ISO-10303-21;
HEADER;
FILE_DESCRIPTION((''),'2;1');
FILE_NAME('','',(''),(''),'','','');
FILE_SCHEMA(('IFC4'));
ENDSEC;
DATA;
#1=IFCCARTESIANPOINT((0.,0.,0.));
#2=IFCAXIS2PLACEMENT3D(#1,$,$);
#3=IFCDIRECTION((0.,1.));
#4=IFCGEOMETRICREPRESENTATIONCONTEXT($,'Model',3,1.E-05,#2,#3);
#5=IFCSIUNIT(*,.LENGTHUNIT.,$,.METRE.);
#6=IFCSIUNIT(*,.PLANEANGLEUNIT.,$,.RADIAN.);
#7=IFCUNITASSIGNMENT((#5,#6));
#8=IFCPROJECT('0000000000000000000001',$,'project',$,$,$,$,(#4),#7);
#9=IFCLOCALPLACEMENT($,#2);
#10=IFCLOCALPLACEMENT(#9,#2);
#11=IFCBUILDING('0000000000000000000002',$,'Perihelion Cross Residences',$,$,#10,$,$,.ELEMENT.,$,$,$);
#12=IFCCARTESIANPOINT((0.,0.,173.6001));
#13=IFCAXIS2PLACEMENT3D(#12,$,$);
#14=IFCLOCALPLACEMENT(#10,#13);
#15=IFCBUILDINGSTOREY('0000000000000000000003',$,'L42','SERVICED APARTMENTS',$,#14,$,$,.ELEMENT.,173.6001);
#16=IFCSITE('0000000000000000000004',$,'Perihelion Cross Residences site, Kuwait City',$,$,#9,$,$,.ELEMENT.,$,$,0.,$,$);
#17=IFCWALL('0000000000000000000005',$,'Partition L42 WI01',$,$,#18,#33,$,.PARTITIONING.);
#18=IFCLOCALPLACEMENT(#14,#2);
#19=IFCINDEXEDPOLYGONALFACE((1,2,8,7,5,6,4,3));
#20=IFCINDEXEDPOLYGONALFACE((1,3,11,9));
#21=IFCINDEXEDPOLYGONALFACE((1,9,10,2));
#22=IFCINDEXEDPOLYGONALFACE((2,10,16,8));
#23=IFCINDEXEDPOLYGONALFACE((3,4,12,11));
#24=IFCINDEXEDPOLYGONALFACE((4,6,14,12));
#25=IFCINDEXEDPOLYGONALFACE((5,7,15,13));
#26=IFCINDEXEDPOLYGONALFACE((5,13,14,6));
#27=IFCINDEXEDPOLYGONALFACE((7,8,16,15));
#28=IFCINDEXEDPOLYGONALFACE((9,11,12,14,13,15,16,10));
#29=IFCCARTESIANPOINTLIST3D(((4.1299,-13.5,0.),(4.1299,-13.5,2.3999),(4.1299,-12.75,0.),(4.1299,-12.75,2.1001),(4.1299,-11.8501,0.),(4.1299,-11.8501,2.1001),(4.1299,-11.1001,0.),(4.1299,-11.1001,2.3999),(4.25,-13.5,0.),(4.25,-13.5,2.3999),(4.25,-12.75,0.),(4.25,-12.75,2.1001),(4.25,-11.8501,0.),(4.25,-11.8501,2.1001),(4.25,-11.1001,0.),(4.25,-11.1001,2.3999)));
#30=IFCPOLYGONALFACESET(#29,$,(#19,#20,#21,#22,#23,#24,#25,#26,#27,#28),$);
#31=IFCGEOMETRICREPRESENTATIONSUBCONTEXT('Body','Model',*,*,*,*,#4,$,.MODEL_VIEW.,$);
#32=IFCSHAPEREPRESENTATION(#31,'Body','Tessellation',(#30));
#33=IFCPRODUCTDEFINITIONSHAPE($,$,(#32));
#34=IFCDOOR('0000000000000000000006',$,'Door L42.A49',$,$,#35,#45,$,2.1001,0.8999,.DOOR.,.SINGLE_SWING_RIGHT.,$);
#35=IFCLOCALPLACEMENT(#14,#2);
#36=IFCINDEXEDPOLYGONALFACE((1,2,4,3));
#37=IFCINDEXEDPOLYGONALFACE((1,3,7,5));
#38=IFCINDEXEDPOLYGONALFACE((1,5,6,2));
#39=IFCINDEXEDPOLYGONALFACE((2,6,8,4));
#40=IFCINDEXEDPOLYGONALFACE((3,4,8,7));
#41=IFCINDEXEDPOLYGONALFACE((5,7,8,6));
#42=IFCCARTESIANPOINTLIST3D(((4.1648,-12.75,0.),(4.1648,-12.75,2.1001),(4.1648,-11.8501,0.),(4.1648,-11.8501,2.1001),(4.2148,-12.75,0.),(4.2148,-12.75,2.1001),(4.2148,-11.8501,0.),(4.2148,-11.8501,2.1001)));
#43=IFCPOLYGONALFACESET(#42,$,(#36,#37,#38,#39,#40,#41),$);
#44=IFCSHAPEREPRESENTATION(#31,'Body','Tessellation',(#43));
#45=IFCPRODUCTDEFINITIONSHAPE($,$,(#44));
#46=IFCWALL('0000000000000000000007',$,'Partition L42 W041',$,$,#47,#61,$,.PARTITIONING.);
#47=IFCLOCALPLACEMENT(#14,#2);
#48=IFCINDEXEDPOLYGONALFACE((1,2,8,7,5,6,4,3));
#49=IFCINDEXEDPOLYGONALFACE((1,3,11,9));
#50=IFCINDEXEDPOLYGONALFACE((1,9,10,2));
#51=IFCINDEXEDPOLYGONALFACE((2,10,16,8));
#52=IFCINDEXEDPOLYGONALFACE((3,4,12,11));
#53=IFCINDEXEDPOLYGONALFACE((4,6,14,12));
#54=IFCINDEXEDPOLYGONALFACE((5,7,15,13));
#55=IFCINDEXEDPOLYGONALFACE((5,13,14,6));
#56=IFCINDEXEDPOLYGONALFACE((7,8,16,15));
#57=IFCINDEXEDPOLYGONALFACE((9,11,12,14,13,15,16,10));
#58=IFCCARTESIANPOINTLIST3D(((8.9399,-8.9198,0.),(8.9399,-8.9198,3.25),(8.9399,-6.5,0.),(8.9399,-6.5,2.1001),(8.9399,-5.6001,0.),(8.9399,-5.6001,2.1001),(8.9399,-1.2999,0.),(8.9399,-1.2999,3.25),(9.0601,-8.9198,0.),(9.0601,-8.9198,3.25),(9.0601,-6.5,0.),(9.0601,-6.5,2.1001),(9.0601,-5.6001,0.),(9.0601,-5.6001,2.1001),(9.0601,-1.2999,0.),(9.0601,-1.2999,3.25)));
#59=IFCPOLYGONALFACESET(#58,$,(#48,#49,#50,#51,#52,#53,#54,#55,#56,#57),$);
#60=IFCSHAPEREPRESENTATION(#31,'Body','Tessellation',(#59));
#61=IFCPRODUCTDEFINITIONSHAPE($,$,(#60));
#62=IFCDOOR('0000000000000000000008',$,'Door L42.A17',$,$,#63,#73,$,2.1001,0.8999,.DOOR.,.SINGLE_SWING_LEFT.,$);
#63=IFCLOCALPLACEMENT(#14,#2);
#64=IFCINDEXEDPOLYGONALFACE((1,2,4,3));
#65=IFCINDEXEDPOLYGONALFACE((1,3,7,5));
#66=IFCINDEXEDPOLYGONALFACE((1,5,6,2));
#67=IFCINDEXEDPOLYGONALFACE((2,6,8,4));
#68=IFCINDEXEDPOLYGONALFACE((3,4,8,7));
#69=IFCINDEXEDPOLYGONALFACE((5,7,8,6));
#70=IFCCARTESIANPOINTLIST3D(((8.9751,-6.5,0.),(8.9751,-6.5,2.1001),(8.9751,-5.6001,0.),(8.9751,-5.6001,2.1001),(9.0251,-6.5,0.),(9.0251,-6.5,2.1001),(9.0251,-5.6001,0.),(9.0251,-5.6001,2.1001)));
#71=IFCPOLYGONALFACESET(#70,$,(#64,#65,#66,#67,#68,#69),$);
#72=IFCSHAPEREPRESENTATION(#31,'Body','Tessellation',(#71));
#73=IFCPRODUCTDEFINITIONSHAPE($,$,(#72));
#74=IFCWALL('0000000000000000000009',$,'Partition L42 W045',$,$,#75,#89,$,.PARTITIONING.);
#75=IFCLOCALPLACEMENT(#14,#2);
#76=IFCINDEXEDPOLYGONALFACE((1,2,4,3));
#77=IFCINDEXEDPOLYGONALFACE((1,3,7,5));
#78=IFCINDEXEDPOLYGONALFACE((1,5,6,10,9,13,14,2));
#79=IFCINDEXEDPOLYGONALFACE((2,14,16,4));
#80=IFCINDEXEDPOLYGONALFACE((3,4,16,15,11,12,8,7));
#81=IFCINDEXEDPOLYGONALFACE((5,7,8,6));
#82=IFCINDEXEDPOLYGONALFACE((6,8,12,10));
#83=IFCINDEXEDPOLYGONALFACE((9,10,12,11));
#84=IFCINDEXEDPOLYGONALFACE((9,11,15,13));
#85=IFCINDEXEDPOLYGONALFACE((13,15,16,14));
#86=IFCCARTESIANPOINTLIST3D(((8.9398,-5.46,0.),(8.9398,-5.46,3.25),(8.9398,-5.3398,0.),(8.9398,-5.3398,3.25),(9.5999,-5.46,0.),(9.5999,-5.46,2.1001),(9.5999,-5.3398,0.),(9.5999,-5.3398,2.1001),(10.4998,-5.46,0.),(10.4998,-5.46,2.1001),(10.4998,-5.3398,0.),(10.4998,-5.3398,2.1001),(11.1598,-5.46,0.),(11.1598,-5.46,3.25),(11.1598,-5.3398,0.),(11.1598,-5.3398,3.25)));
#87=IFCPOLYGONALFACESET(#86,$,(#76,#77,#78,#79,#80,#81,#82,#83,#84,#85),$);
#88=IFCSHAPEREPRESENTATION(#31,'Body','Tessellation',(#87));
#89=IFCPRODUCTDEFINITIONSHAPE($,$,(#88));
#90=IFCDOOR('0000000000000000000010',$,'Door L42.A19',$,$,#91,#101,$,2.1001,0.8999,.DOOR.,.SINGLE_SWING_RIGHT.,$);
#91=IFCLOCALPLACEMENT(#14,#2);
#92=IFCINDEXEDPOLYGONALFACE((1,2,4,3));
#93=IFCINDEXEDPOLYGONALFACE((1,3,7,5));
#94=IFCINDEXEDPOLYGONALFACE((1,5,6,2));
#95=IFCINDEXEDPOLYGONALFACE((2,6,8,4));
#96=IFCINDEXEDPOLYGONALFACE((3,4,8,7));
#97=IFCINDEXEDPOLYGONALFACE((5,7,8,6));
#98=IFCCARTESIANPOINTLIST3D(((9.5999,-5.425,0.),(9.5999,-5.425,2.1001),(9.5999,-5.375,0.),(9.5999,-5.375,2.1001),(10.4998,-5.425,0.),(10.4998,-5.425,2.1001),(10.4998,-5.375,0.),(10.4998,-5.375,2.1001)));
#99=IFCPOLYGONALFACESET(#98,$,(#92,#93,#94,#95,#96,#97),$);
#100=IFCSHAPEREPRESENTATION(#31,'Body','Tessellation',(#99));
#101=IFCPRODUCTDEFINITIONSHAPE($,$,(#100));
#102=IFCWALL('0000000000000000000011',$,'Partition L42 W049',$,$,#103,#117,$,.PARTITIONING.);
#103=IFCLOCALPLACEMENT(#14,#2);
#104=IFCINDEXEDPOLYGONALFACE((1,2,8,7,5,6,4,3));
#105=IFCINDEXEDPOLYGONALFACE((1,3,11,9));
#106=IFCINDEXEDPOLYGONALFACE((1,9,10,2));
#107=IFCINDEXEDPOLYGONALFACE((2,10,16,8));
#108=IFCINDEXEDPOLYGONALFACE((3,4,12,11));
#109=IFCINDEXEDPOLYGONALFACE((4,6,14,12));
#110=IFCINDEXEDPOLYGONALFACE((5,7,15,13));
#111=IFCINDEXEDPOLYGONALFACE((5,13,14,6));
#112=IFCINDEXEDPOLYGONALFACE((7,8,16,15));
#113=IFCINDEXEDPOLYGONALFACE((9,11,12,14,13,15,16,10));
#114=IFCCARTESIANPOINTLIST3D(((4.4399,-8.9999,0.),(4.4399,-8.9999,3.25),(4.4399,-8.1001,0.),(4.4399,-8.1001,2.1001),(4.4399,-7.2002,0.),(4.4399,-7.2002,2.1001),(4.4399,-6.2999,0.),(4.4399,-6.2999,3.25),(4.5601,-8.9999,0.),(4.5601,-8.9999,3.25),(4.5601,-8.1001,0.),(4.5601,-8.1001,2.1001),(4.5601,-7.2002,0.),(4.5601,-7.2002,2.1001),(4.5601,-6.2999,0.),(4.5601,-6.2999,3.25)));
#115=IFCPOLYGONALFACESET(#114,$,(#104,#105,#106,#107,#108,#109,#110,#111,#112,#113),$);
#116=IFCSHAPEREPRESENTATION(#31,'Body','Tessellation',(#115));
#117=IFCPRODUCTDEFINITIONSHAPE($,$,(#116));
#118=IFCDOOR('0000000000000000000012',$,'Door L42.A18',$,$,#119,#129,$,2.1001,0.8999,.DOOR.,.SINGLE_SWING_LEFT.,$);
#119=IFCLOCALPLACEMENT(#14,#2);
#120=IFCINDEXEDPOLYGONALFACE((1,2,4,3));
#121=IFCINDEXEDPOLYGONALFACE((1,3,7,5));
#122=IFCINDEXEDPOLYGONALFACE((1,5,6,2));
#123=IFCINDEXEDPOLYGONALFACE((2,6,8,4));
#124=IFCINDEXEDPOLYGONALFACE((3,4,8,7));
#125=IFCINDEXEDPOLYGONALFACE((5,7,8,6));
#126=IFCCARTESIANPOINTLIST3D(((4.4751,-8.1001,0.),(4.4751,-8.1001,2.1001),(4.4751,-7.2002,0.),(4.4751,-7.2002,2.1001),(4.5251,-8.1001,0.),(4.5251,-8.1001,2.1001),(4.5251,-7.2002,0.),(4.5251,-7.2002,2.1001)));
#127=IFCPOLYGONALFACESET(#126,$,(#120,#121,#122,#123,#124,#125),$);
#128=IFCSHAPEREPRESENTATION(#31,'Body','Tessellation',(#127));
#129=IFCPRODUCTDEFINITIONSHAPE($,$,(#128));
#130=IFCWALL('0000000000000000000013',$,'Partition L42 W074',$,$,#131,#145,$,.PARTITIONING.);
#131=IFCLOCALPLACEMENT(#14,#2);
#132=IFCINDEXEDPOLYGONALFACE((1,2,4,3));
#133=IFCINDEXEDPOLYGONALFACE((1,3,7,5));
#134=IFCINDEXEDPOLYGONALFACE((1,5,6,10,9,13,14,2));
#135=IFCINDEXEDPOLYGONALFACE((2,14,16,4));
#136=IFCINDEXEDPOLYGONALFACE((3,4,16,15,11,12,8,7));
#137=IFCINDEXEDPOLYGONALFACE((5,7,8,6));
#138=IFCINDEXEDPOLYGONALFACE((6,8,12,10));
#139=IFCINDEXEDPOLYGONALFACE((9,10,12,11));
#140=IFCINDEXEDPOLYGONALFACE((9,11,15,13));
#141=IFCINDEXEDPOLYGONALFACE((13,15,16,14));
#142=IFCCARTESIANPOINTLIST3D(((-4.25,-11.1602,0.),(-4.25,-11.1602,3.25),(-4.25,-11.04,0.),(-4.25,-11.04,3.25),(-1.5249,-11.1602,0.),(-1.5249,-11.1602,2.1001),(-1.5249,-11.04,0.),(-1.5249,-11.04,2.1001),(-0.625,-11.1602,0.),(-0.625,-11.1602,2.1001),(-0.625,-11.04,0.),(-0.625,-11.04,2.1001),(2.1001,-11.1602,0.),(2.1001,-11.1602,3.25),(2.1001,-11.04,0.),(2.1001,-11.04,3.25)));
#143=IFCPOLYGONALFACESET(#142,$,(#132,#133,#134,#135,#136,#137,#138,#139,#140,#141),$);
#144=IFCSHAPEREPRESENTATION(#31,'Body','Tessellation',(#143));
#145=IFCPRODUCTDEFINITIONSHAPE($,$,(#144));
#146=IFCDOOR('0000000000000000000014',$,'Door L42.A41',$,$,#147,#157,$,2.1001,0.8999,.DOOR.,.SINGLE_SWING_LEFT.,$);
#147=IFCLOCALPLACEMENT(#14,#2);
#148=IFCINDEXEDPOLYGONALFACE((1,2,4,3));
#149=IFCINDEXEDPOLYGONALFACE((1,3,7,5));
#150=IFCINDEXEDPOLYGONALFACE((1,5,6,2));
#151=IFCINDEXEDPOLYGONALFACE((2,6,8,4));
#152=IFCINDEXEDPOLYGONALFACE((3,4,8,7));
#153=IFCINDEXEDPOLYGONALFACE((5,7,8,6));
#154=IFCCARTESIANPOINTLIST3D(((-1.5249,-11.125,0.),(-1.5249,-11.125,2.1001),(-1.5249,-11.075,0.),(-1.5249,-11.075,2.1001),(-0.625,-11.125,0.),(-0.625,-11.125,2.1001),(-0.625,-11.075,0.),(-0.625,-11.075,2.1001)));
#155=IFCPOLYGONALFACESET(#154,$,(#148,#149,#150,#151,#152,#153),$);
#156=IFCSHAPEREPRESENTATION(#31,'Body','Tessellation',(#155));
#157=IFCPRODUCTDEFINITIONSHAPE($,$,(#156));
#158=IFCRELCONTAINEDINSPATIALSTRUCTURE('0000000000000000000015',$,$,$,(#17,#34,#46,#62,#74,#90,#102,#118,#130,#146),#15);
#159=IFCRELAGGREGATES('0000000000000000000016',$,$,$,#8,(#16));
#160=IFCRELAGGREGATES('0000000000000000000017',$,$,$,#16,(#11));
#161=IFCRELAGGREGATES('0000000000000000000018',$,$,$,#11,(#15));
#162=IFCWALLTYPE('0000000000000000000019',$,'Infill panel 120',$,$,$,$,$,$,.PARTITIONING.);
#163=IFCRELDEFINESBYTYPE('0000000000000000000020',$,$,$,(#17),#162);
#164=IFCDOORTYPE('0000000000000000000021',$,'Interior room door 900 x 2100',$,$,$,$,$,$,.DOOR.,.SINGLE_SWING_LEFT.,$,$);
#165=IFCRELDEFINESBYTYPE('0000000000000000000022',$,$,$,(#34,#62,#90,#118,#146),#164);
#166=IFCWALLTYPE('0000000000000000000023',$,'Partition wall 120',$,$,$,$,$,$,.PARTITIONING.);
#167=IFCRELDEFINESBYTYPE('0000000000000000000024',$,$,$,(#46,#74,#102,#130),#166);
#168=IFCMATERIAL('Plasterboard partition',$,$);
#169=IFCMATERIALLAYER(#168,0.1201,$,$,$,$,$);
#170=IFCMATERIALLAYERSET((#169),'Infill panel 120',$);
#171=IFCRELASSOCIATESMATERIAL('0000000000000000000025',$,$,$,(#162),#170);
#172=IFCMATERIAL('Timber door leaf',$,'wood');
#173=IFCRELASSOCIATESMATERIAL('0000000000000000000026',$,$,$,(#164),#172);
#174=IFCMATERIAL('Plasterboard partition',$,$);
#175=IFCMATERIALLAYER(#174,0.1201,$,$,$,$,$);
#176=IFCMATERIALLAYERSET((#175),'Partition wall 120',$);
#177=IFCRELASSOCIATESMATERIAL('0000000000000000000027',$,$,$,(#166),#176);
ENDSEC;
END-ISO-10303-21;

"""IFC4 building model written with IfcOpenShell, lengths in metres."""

from ifc_helpers import new_model, si_unit, direction, frame, frame_2d, origin, place, context, subcontext, project, spatial, rectangle, extrude, material, layer, layer_set, type_object, element, fill, save


model = new_model("IFC4")

# Units and contexts
model_context = context("Model", 3, precision=1e-05, world=origin(), true_north=direction((0.0, 1.0)))
body_context = subcontext(model_context, "Body", "Model", "MODEL_VIEW")
ifc_project = project(units=[si_unit("LENGTHUNIT", "METRE"), si_unit("PLANEANGLEUNIT", "RADIAN")], contexts=[model_context])

# Site, building, storey
site_placement = place(None, origin())
site = spatial("IfcSite", under=ifc_project, at=site_placement, Name="Perihelion Cross Residences site, Kuwait City", CompositionType="ELEMENT", RefElevation=0.0)
building_placement = place(site_placement, origin())
building = spatial("IfcBuilding", under=site, at=building_placement, Name="Perihelion Cross Residences", CompositionType="ELEMENT")
storey_placement = place(building_placement, frame((0.0, 0.0, 173.6001)))
storey = spatial("IfcBuildingStorey", under=building, at=storey_placement, Name="L42", Description="SERVICED APARTMENTS", CompositionType="ELEMENT", Elevation=173.6001)

# Walls, openings, doors
ifc_material_1 = material(Name="Plasterboard partition")
ifc_layer_1 = layer(ifc_material_1, 0.1201)
ifc_layer_set_1 = layer_set([ifc_layer_1], Name="Infill panel 120")
wall_type_1 = type_object("IfcWallType", Name="Infill panel 120", PredefinedType="PARTITIONING", material=ifc_layer_set_1)
wall_1_placement = place(storey_placement, frame((4.1899, -11.1001, 0.0), z_axis=(0.0, 0.0, 1.0), x_axis=(0.0, -1.0, 0.0)))
wall_1 = element("IfcWall", 1, at=wall_1_placement, inside=storey, type_object=wall_type_1, Name="Partition L42 WI01", PredefinedType="PARTITIONING", context=body_context, shape_type="SweptSolid", body=[
    extrude(rectangle(XDim=2.3999, YDim=0.1201, at=frame_2d((1.2, 0.0))), origin(), (0.0, 0.0, 1.0), 2.3999),
])
opening_1_placement = place(wall_1_placement, frame((0.75, 0.0, 0.0)))
opening_1 = element("IfcOpeningElement", 2, at=opening_1_placement, cuts=wall_1, PredefinedType="OPENING", context=body_context, shape_type="SweptSolid", body=[
    extrude(rectangle(XDim=0.8999, YDim=2.1001, at=frame_2d((0.45, 1.05))), frame((0.0, 0.0701, 0.0), z_axis=(0.0, -1.0, 0.0), x_axis=(1.0, 0.0, 0.0)), (0.0, 0.0, 1.0), 0.1401),
])
ifc_material_2 = material(Name="Timber door leaf", Category="wood")
door_type_1 = type_object("IfcDoorType", Name="Interior room door 900 x 2100", OperationType="SINGLE_SWING_LEFT", PredefinedType="DOOR", material=ifc_material_2)
door_1_placement = place(opening_1_placement, origin())
door_1 = element("IfcDoor", 3, at=door_1_placement, inside=storey, type_object=door_type_1, Name="Door L42.A49", OperationType="SINGLE_SWING_RIGHT", OverallHeight=2.1001, OverallWidth=0.8999, PredefinedType="DOOR", context=body_context, shape_type="SweptSolid", body=[
    extrude(rectangle(XDim=0.8999, YDim=2.1001, at=frame_2d((0.45, 1.05))), frame((0.0, 0.0249, 0.0), z_axis=(0.0, -1.0, 0.0), x_axis=(1.0, 0.0, 0.0)), (0.0, 0.0, 1.0), 0.05),
])
fill(opening_1, door_1)
ifc_material_3 = material(Name="Plasterboard partition")
ifc_layer_2 = layer(ifc_material_3, 0.1201)
ifc_layer_set_2 = layer_set([ifc_layer_2], Name="Partition wall 120")
wall_type_2 = type_object("IfcWallType", Name="Partition wall 120", PredefinedType="PARTITIONING", material=ifc_layer_set_2)
wall_2_placement = place(storey_placement, frame((9.0, -8.9199, 0.0), z_axis=(0.0, 0.0, 1.0), x_axis=(0.0, 1.0, 0.0)))
wall_2 = element("IfcWall", 4, at=wall_2_placement, inside=storey, type_object=wall_type_2, Name="Partition L42 W041", PredefinedType="PARTITIONING", context=body_context, shape_type="SweptSolid", body=[
    extrude(rectangle(XDim=7.6199, YDim=0.1201, at=frame_2d((3.8101, 0.0))), origin(), (0.0, 0.0, 1.0), 3.25),
])
opening_2_placement = place(wall_2_placement, frame((2.4199, 0.0, 0.0)))
opening_2 = element("IfcOpeningElement", 5, at=opening_2_placement, cuts=wall_2, PredefinedType="OPENING", context=body_context, shape_type="SweptSolid", body=[
    extrude(rectangle(XDim=0.8999, YDim=2.1001, at=frame_2d((0.45, 1.05))), frame((0.0, 0.0701, 0.0), z_axis=(0.0, -1.0, 0.0), x_axis=(1.0, 0.0, 0.0)), (0.0, 0.0, 1.0), 0.1401),
])
door_2_placement = place(opening_2_placement, origin())
door_2 = element("IfcDoor", 6, at=door_2_placement, inside=storey, type_object=door_type_1, Name="Door L42.A17", OperationType="SINGLE_SWING_LEFT", OverallHeight=2.1001, OverallWidth=0.8999, PredefinedType="DOOR", context=body_context, shape_type="SweptSolid", body=[
    extrude(rectangle(XDim=0.8999, YDim=2.1001, at=frame_2d((0.45, 1.05))), frame((0.0, 0.0249, 0.0), z_axis=(0.0, -1.0, 0.0), x_axis=(1.0, 0.0, 0.0)), (0.0, 0.0, 1.0), 0.05),
])
fill(opening_2, door_2)
wall_3_placement = place(storey_placement, frame((8.9399, -5.3999, 0.0), z_axis=(0.0, 0.0, 1.0), x_axis=(1.0, 0.0, 0.0)))
wall_3 = element("IfcWall", 7, at=wall_3_placement, inside=storey, type_object=wall_type_2, Name="Partition L42 W045", PredefinedType="PARTITIONING", context=body_context, shape_type="SweptSolid", body=[
    extrude(rectangle(XDim=2.22, YDim=0.1201, at=frame_2d((1.1099, 0.0))), origin(), (0.0, 0.0, 1.0), 3.25),
])
opening_3_placement = place(wall_3_placement, frame((0.6599, 0.0, 0.0)))
opening_3 = element("IfcOpeningElement", 8, at=opening_3_placement, cuts=wall_3, PredefinedType="OPENING", context=body_context, shape_type="SweptSolid", body=[
    extrude(rectangle(XDim=0.8999, YDim=2.1001, at=frame_2d((0.45, 1.05))), frame((0.0, 0.0701, 0.0), z_axis=(0.0, -1.0, 0.0), x_axis=(1.0, 0.0, 0.0)), (0.0, 0.0, 1.0), 0.1401),
])
door_3_placement = place(opening_3_placement, origin())
door_3 = element("IfcDoor", 9, at=door_3_placement, inside=storey, type_object=door_type_1, Name="Door L42.A19", OperationType="SINGLE_SWING_RIGHT", OverallHeight=2.1001, OverallWidth=0.8999, PredefinedType="DOOR", context=body_context, shape_type="SweptSolid", body=[
    extrude(rectangle(XDim=0.8999, YDim=2.1001, at=frame_2d((0.45, 1.05))), frame((0.0, 0.0249, 0.0), z_axis=(0.0, -1.0, 0.0), x_axis=(1.0, 0.0, 0.0)), (0.0, 0.0, 1.0), 0.05),
])
fill(opening_3, door_3)
wall_4_placement = place(storey_placement, frame((4.5, -9.0, 0.0), z_axis=(0.0, 0.0, 1.0), x_axis=(0.0, 1.0, 0.0)))
wall_4 = element("IfcWall", 10, at=wall_4_placement, inside=storey, type_object=wall_type_2, Name="Partition L42 W049", PredefinedType="PARTITIONING", context=body_context, shape_type="SweptSolid", body=[
    extrude(rectangle(XDim=2.7, YDim=0.1201, at=frame_2d((1.3501, 0.0))), origin(), (0.0, 0.0, 1.0), 3.25),
])
opening_4_placement = place(wall_4_placement, frame((0.8999, 0.0, 0.0)))
opening_4 = element("IfcOpeningElement", 11, at=opening_4_placement, cuts=wall_4, PredefinedType="OPENING", context=body_context, shape_type="SweptSolid", body=[
    extrude(rectangle(XDim=0.8999, YDim=2.1001, at=frame_2d((0.45, 1.05))), frame((0.0, 0.0701, 0.0), z_axis=(0.0, -1.0, 0.0), x_axis=(1.0, 0.0, 0.0)), (0.0, 0.0, 1.0), 0.1401),
])
door_4_placement = place(opening_4_placement, origin())
door_4 = element("IfcDoor", 12, at=door_4_placement, inside=storey, type_object=door_type_1, Name="Door L42.A18", OperationType="SINGLE_SWING_LEFT", OverallHeight=2.1001, OverallWidth=0.8999, PredefinedType="DOOR", context=body_context, shape_type="SweptSolid", body=[
    extrude(rectangle(XDim=0.8999, YDim=2.1001, at=frame_2d((0.45, 1.05))), frame((0.0, 0.0249, 0.0), z_axis=(0.0, -1.0, 0.0), x_axis=(1.0, 0.0, 0.0)), (0.0, 0.0, 1.0), 0.05),
])
fill(opening_4, door_4)
wall_5_placement = place(storey_placement, frame((2.1001, -11.1001, 0.0), z_axis=(0.0, 0.0, 1.0), x_axis=(-1.0, 0.0, 0.0)))
wall_5 = element("IfcWall", 13, at=wall_5_placement, inside=storey, type_object=wall_type_2, Name="Partition L42 W074", PredefinedType="PARTITIONING", context=body_context, shape_type="SweptSolid", body=[
    extrude(rectangle(XDim=6.3501, YDim=0.1201, at=frame_2d((3.175, 0.0))), origin(), (0.0, 0.0, 1.0), 3.25),
])
opening_5_placement = place(wall_5_placement, frame((2.7251, 0.0, 0.0)))
opening_5 = element("IfcOpeningElement", 14, at=opening_5_placement, cuts=wall_5, PredefinedType="OPENING", context=body_context, shape_type="SweptSolid", body=[
    extrude(rectangle(XDim=0.8999, YDim=2.1001, at=frame_2d((0.45, 1.05))), frame((0.0, 0.0701, 0.0), z_axis=(0.0, -1.0, 0.0), x_axis=(1.0, 0.0, 0.0)), (0.0, 0.0, 1.0), 0.1401),
])
door_5_placement = place(opening_5_placement, origin())
door_5 = element("IfcDoor", 15, at=door_5_placement, inside=storey, type_object=door_type_1, Name="Door L42.A41", OperationType="SINGLE_SWING_LEFT", OverallHeight=2.1001, OverallWidth=0.8999, PredefinedType="DOOR", context=body_context, shape_type="SweptSolid", body=[
    extrude(rectangle(XDim=0.8999, YDim=2.1001, at=frame_2d((0.45, 1.05))), frame((0.0, 0.0249, 0.0), z_axis=(0.0, -1.0, 0.0), x_axis=(1.0, 0.0, 0.0)), (0.0, 0.0, 1.0), 0.05),
])
fill(opening_5, door_5)

save(model, "model.ifc")
